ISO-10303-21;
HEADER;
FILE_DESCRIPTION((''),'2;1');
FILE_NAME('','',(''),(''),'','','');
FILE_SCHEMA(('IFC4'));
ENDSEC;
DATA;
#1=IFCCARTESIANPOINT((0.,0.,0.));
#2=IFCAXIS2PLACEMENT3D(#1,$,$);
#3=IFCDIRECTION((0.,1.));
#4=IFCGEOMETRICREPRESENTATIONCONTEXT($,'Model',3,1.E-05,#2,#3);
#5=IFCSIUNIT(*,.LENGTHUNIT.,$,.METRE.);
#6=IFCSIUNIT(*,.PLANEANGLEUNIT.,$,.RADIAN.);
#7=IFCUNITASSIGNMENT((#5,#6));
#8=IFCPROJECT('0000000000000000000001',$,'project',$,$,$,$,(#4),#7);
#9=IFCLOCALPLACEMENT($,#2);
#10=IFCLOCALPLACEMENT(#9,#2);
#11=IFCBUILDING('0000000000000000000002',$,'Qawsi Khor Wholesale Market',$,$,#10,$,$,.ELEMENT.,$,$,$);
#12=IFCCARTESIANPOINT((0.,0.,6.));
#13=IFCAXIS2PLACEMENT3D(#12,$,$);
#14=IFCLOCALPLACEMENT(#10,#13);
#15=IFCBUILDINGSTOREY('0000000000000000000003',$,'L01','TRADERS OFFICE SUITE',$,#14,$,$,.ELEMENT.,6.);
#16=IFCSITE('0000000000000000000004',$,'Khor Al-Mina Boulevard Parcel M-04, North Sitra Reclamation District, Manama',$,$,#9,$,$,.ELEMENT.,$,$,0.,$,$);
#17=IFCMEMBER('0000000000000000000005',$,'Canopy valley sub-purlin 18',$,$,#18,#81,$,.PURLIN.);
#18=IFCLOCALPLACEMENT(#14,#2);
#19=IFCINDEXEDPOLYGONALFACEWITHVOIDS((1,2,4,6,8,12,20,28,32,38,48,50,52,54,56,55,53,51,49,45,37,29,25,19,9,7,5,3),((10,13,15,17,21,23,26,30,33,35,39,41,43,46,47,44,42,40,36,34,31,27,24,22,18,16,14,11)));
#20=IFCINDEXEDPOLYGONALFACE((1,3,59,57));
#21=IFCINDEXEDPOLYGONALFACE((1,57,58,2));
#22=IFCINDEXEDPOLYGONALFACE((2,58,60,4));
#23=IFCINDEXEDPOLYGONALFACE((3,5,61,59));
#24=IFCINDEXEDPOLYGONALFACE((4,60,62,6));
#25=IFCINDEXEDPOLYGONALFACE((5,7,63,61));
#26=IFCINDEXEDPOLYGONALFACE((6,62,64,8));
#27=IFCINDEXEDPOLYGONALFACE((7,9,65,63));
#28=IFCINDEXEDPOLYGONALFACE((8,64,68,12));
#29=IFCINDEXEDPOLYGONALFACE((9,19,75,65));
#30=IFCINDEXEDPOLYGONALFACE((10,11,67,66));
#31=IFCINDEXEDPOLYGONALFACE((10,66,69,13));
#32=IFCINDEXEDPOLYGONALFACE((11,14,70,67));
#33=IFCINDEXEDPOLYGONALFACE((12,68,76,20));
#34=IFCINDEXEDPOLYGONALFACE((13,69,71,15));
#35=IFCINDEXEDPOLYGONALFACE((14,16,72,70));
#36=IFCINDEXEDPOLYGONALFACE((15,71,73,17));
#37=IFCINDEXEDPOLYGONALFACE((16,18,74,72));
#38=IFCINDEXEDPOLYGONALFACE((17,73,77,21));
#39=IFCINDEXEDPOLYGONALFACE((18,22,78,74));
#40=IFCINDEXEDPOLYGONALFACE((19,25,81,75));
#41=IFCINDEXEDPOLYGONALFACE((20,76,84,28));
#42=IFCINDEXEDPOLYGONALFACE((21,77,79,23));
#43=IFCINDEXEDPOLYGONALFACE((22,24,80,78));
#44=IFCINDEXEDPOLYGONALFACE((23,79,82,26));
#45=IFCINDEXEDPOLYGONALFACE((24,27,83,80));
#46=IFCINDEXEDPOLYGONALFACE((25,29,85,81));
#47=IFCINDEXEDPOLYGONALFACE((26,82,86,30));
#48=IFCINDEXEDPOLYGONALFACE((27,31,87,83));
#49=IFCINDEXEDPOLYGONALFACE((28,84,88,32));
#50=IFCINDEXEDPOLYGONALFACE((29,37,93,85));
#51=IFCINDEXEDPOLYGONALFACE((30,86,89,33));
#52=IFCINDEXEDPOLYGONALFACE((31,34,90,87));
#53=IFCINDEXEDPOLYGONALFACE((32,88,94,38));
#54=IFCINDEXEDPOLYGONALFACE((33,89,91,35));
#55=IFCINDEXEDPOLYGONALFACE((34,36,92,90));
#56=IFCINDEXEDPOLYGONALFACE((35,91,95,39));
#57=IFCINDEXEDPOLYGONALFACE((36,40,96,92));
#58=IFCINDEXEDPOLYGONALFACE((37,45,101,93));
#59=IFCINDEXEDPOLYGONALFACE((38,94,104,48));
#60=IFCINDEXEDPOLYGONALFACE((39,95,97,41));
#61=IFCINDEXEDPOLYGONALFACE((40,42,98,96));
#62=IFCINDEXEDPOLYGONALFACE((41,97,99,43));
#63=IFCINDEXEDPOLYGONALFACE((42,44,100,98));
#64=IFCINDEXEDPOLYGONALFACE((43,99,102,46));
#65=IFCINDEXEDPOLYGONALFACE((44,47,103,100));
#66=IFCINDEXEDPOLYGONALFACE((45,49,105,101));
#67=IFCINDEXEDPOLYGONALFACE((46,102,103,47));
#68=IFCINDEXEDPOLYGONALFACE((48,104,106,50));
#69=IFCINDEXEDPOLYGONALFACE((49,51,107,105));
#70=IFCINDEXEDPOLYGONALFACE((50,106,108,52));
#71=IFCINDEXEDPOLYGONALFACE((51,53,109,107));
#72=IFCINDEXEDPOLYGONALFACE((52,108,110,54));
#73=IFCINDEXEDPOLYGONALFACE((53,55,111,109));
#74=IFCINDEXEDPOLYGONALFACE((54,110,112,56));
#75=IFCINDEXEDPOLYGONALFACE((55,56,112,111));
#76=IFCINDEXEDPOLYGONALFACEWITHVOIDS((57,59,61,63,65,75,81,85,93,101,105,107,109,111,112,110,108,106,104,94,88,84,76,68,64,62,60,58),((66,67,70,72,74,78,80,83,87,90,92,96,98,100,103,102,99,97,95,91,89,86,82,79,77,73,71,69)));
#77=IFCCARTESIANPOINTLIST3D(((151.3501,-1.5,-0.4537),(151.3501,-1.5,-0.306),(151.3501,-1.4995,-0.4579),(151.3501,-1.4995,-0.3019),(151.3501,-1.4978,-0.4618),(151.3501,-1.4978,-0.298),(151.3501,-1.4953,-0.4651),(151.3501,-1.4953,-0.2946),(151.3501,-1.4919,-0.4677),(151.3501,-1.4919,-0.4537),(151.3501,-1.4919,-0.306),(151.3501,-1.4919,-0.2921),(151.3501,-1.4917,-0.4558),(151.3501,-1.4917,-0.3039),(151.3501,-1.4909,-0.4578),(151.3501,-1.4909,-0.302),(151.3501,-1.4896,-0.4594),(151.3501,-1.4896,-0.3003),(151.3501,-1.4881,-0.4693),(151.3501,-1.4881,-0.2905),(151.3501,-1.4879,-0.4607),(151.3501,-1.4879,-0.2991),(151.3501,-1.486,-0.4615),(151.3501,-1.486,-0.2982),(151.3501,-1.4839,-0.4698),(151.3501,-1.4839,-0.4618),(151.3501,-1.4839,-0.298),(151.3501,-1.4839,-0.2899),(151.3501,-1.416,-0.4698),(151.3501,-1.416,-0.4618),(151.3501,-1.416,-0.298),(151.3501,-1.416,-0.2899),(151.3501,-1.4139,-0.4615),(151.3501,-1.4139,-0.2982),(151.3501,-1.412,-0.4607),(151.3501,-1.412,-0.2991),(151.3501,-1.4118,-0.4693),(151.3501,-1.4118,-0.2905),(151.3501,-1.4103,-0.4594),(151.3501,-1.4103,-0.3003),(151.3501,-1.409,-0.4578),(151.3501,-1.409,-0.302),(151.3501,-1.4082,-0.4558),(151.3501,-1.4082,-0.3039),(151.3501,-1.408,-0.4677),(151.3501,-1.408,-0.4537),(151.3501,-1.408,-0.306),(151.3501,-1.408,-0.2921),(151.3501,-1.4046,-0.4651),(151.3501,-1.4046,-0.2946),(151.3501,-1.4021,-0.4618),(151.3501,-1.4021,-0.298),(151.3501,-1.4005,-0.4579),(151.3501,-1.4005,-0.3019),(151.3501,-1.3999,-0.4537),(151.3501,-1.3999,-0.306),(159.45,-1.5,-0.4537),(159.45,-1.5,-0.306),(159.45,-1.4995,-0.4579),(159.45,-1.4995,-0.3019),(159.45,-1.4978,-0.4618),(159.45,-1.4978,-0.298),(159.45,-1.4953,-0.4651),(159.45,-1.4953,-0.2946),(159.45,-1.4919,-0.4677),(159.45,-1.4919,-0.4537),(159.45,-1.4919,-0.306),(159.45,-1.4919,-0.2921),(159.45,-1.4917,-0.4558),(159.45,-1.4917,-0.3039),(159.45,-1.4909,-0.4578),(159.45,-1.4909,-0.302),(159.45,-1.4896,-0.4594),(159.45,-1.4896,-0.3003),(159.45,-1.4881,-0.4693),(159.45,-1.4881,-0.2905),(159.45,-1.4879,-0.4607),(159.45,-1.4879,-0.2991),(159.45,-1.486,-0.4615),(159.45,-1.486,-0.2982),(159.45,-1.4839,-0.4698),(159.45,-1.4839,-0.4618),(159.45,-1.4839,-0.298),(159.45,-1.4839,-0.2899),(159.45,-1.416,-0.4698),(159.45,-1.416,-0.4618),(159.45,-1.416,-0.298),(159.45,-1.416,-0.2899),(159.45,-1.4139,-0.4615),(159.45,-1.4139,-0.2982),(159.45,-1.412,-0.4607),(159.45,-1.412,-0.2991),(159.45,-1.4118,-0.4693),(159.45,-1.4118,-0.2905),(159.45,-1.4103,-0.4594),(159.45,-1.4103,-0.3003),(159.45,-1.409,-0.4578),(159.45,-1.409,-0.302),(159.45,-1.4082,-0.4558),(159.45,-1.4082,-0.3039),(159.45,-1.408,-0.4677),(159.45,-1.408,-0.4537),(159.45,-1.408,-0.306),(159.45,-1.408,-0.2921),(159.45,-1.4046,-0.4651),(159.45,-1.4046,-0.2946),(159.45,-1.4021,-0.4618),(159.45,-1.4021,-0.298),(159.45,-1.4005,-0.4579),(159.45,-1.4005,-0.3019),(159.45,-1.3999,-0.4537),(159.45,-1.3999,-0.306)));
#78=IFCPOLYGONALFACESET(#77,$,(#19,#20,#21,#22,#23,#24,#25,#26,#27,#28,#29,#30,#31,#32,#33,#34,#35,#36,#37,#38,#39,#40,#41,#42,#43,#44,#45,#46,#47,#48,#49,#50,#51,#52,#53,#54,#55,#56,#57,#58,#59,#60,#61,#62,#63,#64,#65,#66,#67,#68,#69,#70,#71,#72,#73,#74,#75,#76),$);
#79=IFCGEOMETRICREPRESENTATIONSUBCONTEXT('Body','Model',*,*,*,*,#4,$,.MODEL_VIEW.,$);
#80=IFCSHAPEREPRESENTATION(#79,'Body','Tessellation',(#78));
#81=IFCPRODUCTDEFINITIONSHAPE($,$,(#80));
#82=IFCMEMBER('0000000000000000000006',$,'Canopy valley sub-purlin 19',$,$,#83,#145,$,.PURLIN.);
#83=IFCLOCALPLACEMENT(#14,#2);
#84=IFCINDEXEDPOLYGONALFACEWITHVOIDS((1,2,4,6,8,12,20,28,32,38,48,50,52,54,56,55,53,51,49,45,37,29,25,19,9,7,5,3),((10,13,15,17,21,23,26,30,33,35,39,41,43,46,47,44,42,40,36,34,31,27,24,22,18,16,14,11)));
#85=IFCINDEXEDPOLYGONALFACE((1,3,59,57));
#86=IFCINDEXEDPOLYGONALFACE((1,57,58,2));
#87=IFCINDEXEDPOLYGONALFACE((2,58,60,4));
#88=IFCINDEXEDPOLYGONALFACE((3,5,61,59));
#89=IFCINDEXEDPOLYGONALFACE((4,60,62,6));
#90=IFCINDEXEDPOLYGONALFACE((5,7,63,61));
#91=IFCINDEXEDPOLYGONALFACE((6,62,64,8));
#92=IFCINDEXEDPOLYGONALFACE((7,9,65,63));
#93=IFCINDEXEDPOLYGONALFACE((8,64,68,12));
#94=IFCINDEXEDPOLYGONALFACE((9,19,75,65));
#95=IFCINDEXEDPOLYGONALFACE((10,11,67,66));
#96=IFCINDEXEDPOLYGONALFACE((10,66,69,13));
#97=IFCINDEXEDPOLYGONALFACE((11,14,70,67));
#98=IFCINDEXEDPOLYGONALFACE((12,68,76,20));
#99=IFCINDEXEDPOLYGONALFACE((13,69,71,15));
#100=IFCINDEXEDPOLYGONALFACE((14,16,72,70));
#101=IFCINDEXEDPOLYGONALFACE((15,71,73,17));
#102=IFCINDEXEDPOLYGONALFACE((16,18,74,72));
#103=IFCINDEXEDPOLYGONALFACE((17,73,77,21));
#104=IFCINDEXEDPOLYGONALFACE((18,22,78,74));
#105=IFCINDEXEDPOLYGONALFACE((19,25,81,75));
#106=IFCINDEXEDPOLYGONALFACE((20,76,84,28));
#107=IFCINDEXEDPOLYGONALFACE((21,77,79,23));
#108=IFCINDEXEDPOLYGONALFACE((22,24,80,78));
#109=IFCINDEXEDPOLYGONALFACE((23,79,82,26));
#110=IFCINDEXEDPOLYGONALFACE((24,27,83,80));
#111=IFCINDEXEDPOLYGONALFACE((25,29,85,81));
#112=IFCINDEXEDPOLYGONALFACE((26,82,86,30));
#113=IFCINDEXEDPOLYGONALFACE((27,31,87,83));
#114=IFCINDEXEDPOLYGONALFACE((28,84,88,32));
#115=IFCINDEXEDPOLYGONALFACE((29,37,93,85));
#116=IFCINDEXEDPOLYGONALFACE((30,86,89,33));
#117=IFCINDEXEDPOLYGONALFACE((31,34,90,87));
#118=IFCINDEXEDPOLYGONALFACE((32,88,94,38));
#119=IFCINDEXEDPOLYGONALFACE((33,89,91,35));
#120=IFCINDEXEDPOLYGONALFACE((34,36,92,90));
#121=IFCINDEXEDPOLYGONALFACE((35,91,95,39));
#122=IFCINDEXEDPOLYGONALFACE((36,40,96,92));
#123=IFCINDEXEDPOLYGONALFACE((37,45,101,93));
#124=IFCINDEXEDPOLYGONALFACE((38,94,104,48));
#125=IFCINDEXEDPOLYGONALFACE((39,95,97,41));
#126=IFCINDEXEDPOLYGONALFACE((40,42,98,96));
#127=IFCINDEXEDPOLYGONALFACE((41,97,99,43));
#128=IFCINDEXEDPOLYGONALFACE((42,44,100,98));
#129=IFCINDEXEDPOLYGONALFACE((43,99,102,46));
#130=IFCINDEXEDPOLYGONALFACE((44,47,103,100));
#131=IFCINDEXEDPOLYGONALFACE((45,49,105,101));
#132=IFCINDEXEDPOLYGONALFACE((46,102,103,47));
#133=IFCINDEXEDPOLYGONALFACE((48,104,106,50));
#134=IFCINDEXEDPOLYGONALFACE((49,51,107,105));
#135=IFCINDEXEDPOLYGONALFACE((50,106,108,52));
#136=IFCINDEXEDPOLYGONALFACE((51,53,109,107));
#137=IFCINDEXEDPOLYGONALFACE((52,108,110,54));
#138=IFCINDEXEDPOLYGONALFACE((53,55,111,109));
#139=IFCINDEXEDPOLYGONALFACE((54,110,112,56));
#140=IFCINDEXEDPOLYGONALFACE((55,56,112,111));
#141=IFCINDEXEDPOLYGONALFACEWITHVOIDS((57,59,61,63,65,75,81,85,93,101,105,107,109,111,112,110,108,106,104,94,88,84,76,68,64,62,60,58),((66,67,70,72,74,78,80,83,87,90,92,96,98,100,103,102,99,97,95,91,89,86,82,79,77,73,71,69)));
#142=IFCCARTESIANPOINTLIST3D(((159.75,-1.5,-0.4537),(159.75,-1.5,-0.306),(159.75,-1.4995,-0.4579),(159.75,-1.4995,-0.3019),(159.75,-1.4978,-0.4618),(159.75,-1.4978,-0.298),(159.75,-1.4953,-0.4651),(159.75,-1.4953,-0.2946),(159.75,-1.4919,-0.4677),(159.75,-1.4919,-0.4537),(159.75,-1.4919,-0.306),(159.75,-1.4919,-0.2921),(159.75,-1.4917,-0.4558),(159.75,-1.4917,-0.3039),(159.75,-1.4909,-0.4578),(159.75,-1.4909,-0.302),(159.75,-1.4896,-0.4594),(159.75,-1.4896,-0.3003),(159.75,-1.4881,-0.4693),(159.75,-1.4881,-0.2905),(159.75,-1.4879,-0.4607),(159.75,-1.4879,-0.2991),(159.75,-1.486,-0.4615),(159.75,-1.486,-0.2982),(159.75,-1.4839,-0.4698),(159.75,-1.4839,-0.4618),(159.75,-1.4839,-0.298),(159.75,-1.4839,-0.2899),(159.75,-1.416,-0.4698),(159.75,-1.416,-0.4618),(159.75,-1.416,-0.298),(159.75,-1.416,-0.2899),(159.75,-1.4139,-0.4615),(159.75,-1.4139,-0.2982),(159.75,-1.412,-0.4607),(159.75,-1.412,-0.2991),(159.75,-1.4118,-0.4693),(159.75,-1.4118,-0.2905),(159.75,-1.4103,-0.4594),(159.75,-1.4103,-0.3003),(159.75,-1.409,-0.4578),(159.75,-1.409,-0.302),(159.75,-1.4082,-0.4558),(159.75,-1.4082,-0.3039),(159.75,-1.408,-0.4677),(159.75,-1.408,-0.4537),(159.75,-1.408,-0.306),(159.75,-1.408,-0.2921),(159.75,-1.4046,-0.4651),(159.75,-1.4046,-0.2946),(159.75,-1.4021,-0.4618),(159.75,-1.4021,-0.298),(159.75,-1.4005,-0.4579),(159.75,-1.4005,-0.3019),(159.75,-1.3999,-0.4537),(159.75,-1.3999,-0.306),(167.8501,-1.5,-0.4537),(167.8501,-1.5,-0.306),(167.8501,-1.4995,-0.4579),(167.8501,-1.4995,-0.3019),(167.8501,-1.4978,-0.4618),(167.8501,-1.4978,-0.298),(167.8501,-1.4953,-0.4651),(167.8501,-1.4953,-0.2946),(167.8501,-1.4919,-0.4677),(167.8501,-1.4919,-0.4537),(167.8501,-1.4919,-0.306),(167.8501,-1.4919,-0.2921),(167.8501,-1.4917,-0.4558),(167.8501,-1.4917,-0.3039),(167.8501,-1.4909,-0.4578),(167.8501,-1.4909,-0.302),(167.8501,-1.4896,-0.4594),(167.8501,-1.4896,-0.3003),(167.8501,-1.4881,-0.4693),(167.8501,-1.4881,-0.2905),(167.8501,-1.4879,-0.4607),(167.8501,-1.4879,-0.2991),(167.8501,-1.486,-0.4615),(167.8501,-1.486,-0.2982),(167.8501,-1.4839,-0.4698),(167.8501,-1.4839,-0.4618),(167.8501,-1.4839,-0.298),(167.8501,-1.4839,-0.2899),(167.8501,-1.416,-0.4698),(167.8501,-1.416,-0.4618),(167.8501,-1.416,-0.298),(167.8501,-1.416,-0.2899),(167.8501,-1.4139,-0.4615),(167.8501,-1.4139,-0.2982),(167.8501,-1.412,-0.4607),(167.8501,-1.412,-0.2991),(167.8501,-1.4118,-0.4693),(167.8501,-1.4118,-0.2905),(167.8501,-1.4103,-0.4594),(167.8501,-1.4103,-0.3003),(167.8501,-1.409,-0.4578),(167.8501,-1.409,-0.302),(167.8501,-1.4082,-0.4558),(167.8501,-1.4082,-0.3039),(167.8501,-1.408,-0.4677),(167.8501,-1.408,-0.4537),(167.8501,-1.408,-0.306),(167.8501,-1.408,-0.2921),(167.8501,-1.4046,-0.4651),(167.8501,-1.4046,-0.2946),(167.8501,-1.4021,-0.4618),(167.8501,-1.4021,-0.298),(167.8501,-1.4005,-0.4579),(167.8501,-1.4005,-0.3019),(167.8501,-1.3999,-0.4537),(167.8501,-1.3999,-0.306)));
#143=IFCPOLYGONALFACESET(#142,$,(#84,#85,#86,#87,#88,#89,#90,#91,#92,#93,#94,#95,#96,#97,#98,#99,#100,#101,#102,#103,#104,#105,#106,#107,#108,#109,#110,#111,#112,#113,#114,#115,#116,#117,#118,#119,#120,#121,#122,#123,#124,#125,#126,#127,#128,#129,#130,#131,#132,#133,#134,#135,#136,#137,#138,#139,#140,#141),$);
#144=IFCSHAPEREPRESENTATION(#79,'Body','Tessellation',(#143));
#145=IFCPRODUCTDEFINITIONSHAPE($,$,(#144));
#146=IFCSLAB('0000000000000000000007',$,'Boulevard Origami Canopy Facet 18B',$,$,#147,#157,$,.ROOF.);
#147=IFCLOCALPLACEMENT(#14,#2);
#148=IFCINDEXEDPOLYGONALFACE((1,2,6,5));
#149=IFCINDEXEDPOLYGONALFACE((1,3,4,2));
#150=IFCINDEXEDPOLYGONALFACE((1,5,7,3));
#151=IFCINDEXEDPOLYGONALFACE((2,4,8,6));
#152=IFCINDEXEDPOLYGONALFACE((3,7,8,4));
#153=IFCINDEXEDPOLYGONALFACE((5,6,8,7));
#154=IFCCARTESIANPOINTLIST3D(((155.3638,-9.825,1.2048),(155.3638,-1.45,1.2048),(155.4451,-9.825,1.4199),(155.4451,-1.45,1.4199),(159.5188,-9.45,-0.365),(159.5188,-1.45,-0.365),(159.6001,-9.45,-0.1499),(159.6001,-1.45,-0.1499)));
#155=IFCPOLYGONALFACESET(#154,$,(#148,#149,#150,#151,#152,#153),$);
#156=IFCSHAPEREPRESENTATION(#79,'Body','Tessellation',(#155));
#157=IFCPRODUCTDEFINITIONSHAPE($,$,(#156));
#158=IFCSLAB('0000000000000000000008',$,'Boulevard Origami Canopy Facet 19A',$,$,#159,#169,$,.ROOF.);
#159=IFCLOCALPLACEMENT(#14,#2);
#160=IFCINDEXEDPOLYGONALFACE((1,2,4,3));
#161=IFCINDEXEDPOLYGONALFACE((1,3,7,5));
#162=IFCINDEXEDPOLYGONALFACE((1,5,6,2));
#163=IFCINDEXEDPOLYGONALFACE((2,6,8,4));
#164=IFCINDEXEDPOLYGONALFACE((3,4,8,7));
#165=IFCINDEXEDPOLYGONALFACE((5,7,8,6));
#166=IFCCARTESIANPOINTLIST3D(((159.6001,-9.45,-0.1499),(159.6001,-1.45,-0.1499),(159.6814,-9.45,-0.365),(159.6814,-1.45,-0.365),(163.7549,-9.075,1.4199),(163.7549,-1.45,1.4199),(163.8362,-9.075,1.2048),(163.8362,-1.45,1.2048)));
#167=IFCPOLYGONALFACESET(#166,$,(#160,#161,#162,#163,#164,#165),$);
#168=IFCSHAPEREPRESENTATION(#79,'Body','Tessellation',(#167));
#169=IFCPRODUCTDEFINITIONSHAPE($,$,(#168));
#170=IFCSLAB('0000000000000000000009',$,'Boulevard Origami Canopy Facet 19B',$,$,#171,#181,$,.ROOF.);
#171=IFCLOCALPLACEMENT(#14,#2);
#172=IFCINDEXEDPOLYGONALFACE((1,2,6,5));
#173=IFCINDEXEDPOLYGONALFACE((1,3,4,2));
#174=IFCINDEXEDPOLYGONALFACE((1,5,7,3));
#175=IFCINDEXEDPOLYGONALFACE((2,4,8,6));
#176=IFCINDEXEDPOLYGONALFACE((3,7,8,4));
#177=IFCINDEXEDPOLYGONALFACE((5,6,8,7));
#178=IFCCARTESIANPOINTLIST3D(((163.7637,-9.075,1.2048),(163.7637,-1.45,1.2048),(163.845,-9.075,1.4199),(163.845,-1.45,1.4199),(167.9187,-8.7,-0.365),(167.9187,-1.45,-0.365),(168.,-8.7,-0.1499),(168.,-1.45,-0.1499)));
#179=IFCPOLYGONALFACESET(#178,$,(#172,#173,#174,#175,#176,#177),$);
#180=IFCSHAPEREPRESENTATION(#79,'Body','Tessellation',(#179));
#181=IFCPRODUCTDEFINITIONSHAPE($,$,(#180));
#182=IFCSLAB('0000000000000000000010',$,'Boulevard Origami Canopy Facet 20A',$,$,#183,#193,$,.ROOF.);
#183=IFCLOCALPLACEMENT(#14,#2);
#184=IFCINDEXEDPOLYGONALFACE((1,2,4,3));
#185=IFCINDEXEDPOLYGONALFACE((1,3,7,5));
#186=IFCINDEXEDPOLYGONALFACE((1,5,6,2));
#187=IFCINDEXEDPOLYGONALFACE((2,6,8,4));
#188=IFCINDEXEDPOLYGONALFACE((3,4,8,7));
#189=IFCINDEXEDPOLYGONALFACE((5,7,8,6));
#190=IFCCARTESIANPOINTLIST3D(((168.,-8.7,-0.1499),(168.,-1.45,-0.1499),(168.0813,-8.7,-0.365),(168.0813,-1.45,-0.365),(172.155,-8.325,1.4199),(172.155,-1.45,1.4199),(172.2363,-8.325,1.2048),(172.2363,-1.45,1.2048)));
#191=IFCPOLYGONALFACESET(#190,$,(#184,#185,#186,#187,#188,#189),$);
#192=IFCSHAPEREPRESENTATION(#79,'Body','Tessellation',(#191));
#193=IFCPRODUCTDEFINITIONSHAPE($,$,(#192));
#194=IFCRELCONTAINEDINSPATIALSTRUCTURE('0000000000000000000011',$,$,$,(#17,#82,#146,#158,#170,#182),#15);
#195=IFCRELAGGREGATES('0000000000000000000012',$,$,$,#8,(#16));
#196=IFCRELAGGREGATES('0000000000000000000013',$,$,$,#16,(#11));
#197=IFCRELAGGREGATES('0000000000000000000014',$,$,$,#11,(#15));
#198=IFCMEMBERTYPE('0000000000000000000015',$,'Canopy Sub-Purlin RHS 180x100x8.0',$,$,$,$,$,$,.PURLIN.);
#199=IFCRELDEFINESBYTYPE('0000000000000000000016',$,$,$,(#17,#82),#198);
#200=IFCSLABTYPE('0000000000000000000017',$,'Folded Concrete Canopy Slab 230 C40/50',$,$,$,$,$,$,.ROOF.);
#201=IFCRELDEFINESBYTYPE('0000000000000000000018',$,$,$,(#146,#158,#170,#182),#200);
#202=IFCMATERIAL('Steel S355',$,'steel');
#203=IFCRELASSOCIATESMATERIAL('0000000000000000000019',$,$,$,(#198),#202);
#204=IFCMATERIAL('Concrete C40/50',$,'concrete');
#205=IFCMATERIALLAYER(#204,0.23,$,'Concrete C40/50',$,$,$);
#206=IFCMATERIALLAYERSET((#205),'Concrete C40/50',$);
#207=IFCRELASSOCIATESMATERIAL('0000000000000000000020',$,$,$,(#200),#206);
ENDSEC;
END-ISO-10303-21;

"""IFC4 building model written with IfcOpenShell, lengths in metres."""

from ifc_helpers import new_model, si_unit, direction, frame, origin, origin_2d, place, context, subcontext, project, spatial, polyline, hollow_rectangle, outline, extrude, material, layer, layer_set, material_profile, profile_set, type_object, element, save


model = new_model("IFC4")

# Units and contexts
model_context = context("Model", 3, precision=1e-05, world=origin(), true_north=direction((0.0, 1.0)))
body_context = subcontext(model_context, "Body", "Model", "MODEL_VIEW")
ifc_project = project(units=[si_unit("LENGTHUNIT", "METRE"), si_unit("PLANEANGLEUNIT", "RADIAN")], contexts=[model_context])

# Site, building, storey
site_placement = place(None, origin())
site = spatial("IfcSite", under=ifc_project, at=site_placement, Name="Khor Al-Mina Boulevard Parcel M-04, North Sitra Reclamation District, Manama", CompositionType="ELEMENT", RefElevation=0.0)
building_placement = place(site_placement, origin())
building = spatial("IfcBuilding", under=site, at=building_placement, Name="Qawsi Khor Wholesale Market", CompositionType="ELEMENT")
storey_placement = place(building_placement, frame((0.0, 0.0, 6.0)))
storey = spatial("IfcBuildingStorey", under=building, at=storey_placement, Name="L01", Description="TRADERS OFFICE SUITE", CompositionType="ELEMENT", Elevation=6.0)

# Members
ifc_material_1 = material(Name="Steel S355", Category="steel")
ifc_material_profile = material_profile(ifc_material_1, hollow_rectangle(XDim=0.1001, YDim=0.1799, WallThickness=0.0081, InnerFilletRadius=0.0081, OuterFilletRadius=0.0161, at=origin_2d()), Name="RHS 180x100x8.0")
ifc_profile_set = profile_set([ifc_material_profile], Name="Steel S355")
member_type = type_object("IfcMemberType", Name="Canopy Sub-Purlin RHS 180x100x8.0", PredefinedType="PURLIN", material=ifc_profile_set)
member_1_placement = place(storey_placement, frame((151.3501, -1.45, -0.3799), z_axis=(1.0, 0.0, 0.0), x_axis=(0.0, 1.0, 0.0)))
element("IfcMember", 1, at=member_1_placement, inside=storey, type_object=member_type, Name="Canopy valley sub-purlin 18", PredefinedType="PURLIN", context=body_context, shape_type="SweptSolid", body=[
    extrude(hollow_rectangle(XDim=0.1001, YDim=0.1799, WallThickness=0.0081, InnerFilletRadius=0.0081, OuterFilletRadius=0.0161, at=origin_2d()), origin(), (0.0, 0.0, 1.0), 8.0999),
])
member_2_placement = place(storey_placement, frame((159.75, -1.45, -0.3799), z_axis=(1.0, 0.0, 0.0), x_axis=(0.0, 1.0, 0.0)))
element("IfcMember", 2, at=member_2_placement, inside=storey, type_object=member_type, Name="Canopy valley sub-purlin 19", PredefinedType="PURLIN", context=body_context, shape_type="SweptSolid", body=[
    extrude(hollow_rectangle(XDim=0.1001, YDim=0.1799, WallThickness=0.0081, InnerFilletRadius=0.0081, OuterFilletRadius=0.0161, at=origin_2d()), origin(), (0.0, 0.0, 1.0), 8.1001),
])

# Slabs
ifc_material_2 = material(Name="Concrete C40/50", Category="concrete")
ifc_layer_1 = layer(ifc_material_2, 0.23, Name="Concrete C40/50")
ifc_layer_set_1 = layer_set([ifc_layer_1], Name="Concrete C40/50")
slab_type = type_object("IfcSlabType", Name="Folded Concrete Canopy Slab 230 C40/50", PredefinedType="ROOF", material=ifc_layer_set_1)
slab_1_placement = place(storey_placement, frame((155.4451, -9.825, 1.4199), z_axis=(0.353429, 0.0, 0.935461), x_axis=(0.932145, 0.084128, -0.352177)))
element("IfcSlab", 3, at=slab_1_placement, inside=storey, type_object=slab_type, Name="Boulevard Origami Canopy Facet 18B", PredefinedType="ROOF", context=body_context, shape_type="SweptSolid", body=[
    extrude(outline(polyline([(0.0, 0.0), (4.4575, 0.0), (5.1305, 7.9716), (0.7046, 8.3453), (0.0, 0.0)])), origin(), (0.0, 0.0, -1.0), 0.23),
])
slab_2_placement = place(storey_placement, frame((159.6001, -9.45, -0.1499), z_axis=(-0.353448, 0.0, 0.935454), x_axis=(0.932138, 0.084132, 0.352194)))
element("IfcSlab", 4, at=slab_2_placement, inside=storey, type_object=slab_type, Name="Boulevard Origami Canopy Facet 19A", PredefinedType="ROOF", context=body_context, shape_type="SweptSolid", body=[
    extrude(outline(polyline([(0.0, 0.0), (4.4573, 0.0), (5.0988, 7.598), (0.6731, 7.9716), (0.0, 0.0)])), origin(), (0.0, 0.0, -1.0), 0.23),
])
slab_3_placement = place(storey_placement, frame((163.845, -9.075, 1.4199), z_axis=(0.353429, 0.0, 0.935461), x_axis=(0.932145, 0.084128, -0.352177)))
element("IfcSlab", 5, at=slab_3_placement, inside=storey, type_object=slab_type, Name="Boulevard Origami Canopy Facet 19B", PredefinedType="ROOF", context=body_context, shape_type="SweptSolid", body=[
    extrude(outline(polyline([(0.0, 0.0), (4.4575, 0.0), (5.0674, 7.2243), (0.6415, 7.598), (0.0, 0.0)])), origin(), (0.0, 0.0, -1.0), 0.23),
])
slab_4_placement = place(storey_placement, frame((168.0, -8.7, -0.1499), z_axis=(-0.353429, 0.0, 0.935461), x_axis=(0.932145, 0.084128, 0.352177)))
element("IfcSlab", 6, at=slab_4_placement, inside=storey, type_object=slab_type, Name="Boulevard Origami Canopy Facet 20A", PredefinedType="ROOF", context=body_context, shape_type="SweptSolid", body=[
    extrude(outline(polyline([(0.0, 0.0), (4.4575, 0.0), (5.0359, 6.8506), (0.6099, 7.2243), (0.0, 0.0)])), origin(), (0.0, 0.0, -1.0), 0.23),
])

save(model, "model.ifc")
